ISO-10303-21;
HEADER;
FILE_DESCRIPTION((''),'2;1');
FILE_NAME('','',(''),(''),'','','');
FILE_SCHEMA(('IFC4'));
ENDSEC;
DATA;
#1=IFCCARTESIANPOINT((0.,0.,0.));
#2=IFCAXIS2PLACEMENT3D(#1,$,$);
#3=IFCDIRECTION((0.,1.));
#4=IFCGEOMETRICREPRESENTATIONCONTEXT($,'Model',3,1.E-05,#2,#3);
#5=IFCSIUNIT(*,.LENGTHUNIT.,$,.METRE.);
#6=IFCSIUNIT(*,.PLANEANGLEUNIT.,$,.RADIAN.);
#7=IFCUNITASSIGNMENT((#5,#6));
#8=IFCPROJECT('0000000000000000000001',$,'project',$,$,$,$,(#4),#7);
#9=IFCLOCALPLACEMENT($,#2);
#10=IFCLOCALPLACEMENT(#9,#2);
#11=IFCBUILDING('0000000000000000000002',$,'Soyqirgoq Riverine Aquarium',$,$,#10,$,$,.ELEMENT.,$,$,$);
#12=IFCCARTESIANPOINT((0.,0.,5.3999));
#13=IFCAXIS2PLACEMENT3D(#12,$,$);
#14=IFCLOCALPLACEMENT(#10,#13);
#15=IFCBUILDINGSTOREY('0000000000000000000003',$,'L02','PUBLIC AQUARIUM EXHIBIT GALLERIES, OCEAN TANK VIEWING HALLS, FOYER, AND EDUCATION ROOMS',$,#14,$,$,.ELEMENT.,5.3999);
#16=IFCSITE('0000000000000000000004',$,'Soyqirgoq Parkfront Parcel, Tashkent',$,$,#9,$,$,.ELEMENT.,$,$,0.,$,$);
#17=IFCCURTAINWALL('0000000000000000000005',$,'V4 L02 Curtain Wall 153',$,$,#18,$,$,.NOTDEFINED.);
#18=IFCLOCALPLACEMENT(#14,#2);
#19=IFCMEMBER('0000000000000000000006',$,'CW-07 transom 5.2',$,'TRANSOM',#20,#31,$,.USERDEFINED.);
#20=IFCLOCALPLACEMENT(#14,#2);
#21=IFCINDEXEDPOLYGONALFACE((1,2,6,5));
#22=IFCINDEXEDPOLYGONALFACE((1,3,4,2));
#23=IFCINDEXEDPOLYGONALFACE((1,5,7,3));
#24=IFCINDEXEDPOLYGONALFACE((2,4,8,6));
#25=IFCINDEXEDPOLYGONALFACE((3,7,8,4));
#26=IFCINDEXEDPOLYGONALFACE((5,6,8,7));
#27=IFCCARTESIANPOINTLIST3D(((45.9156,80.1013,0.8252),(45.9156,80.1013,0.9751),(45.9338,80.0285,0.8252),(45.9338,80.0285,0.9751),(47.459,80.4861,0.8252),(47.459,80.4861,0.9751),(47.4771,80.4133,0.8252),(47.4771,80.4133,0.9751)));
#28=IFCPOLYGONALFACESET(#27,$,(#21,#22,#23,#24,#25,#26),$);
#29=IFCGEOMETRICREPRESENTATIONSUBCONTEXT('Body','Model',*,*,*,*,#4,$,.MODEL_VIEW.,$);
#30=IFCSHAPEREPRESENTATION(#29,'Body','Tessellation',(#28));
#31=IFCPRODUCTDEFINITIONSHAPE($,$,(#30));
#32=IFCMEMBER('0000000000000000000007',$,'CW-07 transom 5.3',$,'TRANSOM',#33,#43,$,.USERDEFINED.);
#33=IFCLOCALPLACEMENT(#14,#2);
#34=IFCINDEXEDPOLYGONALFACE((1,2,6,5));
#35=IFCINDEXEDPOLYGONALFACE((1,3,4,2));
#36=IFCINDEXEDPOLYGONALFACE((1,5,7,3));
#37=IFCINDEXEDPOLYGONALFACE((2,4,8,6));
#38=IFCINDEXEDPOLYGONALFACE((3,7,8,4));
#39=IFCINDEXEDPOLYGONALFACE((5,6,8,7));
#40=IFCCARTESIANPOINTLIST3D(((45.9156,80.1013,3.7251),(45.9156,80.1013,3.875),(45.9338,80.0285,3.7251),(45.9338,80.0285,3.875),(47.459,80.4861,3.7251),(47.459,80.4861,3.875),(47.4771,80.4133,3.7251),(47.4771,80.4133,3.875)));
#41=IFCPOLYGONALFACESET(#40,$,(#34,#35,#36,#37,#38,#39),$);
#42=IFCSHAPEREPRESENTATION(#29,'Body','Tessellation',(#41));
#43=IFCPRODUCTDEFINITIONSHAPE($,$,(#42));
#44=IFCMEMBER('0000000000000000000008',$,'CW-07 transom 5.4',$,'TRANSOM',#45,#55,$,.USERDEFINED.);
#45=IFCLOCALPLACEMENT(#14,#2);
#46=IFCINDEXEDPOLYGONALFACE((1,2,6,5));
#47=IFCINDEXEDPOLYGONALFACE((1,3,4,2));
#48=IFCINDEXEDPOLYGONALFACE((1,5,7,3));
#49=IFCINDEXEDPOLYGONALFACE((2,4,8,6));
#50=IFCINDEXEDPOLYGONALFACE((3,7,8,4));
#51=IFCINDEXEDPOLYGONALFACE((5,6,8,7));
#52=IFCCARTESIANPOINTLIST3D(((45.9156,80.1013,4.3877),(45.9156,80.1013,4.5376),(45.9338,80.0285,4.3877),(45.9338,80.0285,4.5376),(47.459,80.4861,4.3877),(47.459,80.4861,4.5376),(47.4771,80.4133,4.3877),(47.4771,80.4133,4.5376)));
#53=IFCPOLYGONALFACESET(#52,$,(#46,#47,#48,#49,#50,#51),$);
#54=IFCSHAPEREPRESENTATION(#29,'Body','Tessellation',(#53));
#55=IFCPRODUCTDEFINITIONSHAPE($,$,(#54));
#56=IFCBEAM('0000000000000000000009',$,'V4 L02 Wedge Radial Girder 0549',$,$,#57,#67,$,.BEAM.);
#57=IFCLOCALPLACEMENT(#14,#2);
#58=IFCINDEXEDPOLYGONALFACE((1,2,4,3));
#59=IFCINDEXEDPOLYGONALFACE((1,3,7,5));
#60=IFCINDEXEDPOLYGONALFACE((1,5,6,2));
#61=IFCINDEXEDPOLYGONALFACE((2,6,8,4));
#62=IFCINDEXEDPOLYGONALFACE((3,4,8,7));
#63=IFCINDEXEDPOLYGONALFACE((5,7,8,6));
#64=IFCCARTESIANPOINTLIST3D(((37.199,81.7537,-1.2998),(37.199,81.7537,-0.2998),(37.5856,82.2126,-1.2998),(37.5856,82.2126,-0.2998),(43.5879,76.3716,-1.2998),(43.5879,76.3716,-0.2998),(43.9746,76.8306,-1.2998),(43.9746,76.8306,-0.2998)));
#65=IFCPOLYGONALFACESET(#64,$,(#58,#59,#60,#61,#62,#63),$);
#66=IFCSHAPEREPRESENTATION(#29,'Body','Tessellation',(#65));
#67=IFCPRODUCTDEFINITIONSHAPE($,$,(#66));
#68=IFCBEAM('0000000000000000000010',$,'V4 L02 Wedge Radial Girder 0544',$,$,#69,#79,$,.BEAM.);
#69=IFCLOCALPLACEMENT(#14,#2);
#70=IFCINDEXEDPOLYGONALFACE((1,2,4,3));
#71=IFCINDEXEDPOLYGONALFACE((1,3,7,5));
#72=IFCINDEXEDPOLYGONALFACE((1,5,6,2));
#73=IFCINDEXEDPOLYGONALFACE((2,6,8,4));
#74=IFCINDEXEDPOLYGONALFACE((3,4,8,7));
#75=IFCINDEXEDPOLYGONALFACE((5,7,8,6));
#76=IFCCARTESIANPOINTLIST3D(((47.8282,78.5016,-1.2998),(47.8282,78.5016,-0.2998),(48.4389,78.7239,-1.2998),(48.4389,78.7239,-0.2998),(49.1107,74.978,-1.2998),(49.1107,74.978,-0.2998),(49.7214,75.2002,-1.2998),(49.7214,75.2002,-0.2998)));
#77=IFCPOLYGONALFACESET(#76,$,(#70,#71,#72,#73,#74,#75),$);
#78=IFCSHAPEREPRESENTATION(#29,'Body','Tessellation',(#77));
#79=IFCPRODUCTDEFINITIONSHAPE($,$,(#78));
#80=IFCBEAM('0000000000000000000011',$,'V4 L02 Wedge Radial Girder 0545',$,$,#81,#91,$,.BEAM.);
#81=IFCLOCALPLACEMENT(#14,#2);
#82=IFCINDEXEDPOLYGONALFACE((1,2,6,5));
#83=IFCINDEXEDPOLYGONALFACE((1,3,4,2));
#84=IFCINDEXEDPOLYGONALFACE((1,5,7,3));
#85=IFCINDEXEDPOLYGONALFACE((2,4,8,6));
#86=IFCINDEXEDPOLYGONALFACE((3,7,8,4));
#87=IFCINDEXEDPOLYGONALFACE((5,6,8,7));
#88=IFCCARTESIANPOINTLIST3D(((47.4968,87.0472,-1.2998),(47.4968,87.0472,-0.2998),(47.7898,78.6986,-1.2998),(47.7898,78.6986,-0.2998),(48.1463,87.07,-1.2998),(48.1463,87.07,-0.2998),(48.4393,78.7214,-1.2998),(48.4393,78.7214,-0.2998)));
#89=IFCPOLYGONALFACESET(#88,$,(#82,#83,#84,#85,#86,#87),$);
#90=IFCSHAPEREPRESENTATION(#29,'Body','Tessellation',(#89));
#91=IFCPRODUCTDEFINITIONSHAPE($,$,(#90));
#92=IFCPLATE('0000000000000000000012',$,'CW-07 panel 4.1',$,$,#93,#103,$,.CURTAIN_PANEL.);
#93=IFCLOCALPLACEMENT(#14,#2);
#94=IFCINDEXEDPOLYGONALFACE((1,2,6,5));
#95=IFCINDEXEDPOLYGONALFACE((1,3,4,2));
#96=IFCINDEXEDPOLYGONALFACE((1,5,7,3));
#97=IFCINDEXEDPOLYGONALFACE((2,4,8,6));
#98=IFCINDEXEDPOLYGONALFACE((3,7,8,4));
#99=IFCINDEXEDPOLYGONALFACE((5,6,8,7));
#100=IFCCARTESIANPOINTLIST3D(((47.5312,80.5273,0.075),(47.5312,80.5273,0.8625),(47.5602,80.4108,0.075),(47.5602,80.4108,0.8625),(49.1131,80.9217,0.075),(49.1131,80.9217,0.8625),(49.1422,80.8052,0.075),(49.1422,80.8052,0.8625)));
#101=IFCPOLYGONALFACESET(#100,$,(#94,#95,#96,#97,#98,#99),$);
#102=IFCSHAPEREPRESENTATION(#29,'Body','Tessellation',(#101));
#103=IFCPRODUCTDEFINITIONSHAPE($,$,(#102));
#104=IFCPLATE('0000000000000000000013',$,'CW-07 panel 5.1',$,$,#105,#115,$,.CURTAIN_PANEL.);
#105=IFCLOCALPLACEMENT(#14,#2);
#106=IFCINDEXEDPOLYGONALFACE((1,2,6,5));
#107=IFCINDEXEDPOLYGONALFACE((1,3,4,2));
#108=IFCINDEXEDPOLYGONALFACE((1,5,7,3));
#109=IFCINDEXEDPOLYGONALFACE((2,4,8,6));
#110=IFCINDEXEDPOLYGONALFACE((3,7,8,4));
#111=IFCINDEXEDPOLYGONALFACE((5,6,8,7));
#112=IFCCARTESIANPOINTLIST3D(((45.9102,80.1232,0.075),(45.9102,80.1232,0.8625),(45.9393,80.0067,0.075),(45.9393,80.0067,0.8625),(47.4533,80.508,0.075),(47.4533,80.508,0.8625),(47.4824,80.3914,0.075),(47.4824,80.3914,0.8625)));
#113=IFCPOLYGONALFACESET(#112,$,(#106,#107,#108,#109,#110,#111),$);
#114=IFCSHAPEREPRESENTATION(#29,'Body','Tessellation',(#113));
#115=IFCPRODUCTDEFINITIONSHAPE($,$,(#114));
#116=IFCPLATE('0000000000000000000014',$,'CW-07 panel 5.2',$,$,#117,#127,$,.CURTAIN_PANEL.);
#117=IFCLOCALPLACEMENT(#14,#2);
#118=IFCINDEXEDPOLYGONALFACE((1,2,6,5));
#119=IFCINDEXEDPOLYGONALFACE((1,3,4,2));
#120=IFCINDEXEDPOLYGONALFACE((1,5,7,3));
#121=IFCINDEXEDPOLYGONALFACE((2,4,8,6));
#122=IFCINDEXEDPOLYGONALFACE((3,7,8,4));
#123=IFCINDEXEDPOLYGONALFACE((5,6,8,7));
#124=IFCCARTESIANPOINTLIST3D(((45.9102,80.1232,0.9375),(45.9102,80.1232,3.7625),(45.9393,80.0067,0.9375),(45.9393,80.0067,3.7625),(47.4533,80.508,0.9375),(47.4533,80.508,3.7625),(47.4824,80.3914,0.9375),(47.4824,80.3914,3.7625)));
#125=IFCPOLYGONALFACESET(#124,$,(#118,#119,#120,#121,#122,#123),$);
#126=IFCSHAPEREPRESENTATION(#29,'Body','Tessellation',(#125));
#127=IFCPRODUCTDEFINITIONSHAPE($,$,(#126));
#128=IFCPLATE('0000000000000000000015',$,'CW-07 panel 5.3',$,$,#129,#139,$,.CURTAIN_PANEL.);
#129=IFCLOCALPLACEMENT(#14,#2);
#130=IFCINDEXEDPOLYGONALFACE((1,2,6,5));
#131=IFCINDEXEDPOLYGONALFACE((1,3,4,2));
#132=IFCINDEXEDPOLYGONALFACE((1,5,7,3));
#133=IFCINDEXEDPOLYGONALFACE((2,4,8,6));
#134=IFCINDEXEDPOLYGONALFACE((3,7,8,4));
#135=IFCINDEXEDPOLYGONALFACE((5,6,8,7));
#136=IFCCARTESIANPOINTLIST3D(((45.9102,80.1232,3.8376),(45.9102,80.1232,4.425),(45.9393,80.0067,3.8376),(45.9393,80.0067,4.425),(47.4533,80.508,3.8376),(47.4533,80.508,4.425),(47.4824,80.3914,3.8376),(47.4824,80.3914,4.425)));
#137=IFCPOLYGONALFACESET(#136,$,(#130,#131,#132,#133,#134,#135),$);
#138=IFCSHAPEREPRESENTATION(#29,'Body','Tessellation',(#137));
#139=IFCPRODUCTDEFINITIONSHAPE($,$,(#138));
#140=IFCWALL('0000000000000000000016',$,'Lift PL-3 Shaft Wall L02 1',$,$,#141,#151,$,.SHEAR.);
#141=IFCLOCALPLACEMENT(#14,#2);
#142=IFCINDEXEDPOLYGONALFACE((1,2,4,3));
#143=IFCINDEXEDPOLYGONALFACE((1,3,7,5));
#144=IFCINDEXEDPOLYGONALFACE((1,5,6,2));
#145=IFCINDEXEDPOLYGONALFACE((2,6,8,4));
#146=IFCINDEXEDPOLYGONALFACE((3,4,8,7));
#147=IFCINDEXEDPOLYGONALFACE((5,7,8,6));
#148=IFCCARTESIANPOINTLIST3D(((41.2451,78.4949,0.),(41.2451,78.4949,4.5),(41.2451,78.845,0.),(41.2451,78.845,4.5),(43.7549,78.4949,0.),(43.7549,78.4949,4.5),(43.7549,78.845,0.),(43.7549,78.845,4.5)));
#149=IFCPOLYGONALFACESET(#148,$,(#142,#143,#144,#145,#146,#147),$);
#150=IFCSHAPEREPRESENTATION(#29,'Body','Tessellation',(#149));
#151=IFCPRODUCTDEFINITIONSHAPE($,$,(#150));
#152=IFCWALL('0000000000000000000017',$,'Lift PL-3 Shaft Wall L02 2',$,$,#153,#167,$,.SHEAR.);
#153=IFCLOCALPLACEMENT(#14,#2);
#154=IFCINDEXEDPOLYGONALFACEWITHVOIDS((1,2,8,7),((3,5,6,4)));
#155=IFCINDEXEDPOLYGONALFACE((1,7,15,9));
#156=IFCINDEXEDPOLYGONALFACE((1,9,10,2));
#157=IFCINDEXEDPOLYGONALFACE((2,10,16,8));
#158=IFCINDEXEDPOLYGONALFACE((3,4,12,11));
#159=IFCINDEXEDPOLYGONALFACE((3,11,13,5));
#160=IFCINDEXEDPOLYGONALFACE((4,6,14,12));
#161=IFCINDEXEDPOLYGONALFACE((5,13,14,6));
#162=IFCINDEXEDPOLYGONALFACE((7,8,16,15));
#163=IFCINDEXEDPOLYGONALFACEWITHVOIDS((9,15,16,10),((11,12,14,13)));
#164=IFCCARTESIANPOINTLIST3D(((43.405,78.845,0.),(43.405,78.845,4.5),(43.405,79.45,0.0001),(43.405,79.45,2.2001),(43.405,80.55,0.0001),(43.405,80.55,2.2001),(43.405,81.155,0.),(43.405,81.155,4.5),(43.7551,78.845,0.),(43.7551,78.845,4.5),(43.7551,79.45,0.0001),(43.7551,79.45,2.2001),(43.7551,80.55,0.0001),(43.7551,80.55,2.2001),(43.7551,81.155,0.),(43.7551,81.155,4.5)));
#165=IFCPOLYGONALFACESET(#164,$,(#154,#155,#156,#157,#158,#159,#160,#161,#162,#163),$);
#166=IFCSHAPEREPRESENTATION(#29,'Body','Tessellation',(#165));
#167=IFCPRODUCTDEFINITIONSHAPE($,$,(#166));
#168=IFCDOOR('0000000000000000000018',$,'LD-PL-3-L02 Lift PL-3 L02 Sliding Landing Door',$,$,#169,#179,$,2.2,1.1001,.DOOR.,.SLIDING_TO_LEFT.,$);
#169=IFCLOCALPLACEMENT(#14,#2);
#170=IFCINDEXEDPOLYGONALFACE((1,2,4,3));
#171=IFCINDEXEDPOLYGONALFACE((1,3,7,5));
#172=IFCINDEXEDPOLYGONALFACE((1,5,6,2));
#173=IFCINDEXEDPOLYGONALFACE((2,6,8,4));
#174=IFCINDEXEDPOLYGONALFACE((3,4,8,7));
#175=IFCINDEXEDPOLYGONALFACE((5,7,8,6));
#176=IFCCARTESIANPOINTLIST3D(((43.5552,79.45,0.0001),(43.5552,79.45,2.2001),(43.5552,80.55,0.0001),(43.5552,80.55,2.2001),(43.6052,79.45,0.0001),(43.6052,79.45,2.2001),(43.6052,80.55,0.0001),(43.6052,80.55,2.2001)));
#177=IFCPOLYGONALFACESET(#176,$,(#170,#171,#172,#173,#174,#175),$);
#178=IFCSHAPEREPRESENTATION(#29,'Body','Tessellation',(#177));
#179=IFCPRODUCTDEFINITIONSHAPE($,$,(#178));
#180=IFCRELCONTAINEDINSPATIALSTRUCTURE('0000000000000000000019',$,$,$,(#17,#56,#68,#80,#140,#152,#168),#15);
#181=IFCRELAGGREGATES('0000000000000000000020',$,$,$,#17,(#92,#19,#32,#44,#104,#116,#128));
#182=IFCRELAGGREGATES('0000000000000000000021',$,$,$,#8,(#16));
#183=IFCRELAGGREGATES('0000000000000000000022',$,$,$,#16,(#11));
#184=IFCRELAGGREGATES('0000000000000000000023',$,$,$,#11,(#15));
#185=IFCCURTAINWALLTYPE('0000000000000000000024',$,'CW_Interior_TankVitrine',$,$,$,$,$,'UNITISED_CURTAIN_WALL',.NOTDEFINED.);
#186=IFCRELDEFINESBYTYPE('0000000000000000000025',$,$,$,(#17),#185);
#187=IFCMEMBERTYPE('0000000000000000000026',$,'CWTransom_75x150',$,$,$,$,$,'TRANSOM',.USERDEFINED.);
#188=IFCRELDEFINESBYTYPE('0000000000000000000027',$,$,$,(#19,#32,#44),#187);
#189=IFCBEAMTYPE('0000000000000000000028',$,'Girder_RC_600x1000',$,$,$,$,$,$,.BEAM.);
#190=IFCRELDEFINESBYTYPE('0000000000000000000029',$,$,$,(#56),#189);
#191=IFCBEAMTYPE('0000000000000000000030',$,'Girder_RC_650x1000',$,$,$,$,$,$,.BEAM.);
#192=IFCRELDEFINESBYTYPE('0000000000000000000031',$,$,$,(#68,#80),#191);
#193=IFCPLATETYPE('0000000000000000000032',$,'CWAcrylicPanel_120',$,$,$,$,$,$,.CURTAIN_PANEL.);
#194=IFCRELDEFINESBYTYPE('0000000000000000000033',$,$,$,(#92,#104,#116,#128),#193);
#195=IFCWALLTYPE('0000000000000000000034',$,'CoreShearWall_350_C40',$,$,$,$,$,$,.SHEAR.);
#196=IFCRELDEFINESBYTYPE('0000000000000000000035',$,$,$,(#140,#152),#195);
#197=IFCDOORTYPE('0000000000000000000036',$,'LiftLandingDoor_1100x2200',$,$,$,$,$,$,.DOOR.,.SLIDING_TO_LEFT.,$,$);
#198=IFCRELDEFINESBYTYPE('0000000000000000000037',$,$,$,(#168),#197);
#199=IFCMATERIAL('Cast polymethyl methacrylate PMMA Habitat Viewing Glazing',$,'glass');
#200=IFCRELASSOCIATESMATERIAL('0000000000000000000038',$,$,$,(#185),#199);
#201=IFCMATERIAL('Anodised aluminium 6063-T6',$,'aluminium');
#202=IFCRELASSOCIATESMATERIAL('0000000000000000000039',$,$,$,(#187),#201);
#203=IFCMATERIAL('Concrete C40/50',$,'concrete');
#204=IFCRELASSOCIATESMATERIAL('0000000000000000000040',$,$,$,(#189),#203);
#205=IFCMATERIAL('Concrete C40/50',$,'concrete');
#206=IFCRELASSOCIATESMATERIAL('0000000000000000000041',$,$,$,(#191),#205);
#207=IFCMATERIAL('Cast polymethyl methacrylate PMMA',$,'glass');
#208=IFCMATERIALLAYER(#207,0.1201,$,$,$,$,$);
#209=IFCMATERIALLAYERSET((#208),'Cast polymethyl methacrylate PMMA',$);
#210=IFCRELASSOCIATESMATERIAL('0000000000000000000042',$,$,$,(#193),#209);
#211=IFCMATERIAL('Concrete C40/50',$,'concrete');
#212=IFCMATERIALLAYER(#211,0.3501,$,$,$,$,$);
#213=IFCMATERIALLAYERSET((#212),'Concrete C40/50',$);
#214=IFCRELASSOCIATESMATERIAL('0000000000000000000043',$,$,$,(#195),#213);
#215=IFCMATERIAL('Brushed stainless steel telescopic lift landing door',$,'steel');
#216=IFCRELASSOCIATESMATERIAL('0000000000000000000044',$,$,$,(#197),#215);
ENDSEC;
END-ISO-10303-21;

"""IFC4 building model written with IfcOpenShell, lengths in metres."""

from ifc_helpers import new_model, si_unit, direction, frame, frame_2d, origin, origin_2d, place, context, subcontext, project, spatial, rectangle, extrude, material, layer, layer_set, material_profile, profile_set, type_object, element, fill, aggregate, save


model = new_model("IFC4")

# Units and contexts
model_context = context("Model", 3, precision=1e-05, world=origin(), true_north=direction((0.0, 1.0)))
body_context = subcontext(model_context, "Body", "Model", "MODEL_VIEW")
ifc_project = project(units=[si_unit("LENGTHUNIT", "METRE"), si_unit("PLANEANGLEUNIT", "RADIAN")], contexts=[model_context])

# Site, building, storey
site_placement = place(None, origin())
site = spatial("IfcSite", under=ifc_project, at=site_placement, Name="Soyqirgoq Parkfront Parcel, Tashkent", CompositionType="ELEMENT", RefElevation=0.0)
building_placement = place(site_placement, origin())
building = spatial("IfcBuilding", under=site, at=building_placement, Name="Soyqirgoq Riverine Aquarium", CompositionType="ELEMENT")
storey_placement = place(building_placement, frame((0.0, 0.0, 5.3999)))
storey = spatial("IfcBuildingStorey", under=building, at=storey_placement, Name="L02", Description="PUBLIC AQUARIUM EXHIBIT GALLERIES, OCEAN TANK VIEWING HALLS, FOYER, AND EDUCATION ROOMS", CompositionType="ELEMENT", Elevation=5.3999)

# Curtain wall, members
ifc_material_1 = material(Name="Cast polymethyl methacrylate PMMA Habitat Viewing Glazing", Category="glass")
curtain_wall_type = type_object("IfcCurtainWallType", Name="CW_Interior_TankVitrine", ElementType="UNITISED_CURTAIN_WALL", PredefinedType="NOTDEFINED", material=ifc_material_1)
curtain_wall_placement = place(storey_placement, origin())
curtain_wall = element("IfcCurtainWall", 1, at=curtain_wall_placement, inside=storey, type_object=curtain_wall_type, Name="V4 L02 Curtain Wall 153", PredefinedType="NOTDEFINED")
ifc_material_2 = material(Name="Anodised aluminium 6063-T6", Category="aluminium")
ifc_material_profile_1 = material_profile(ifc_material_2, rectangle(XDim=0.075, YDim=0.1499, at=origin_2d()), Name="ALU-T 75x150")
ifc_profile_set_1 = profile_set([ifc_material_profile_1], Name="Anodised aluminium 6063-T6")
member_type_1 = type_object("IfcMemberType", Name="CWTransom_75x150", ElementType="TRANSOM", PredefinedType="USERDEFINED", material=ifc_profile_set_1)
member_1_placement = place(storey_placement, frame((47.468, 80.4497, 0.9001), z_axis=(-0.970296, -0.241922, 0.0), x_axis=(0.241922, -0.970296, 0.0)))
member_1 = element("IfcMember", 2, at=member_1_placement, type_object=member_type_1, Name="CW-07 transom 5.2", ObjectType="TRANSOM", PredefinedType="USERDEFINED", context=body_context, shape_type="SweptSolid", body=[
    extrude(rectangle(XDim=0.075, YDim=0.1499, at=origin_2d()), origin(), (0.0, 0.0, 1.0), 1.5906),
])
member_2_placement = place(storey_placement, frame((47.468, 80.4497, 3.8), z_axis=(-0.970296, -0.241922, 0.0), x_axis=(0.241922, -0.970296, 0.0)))
member_2 = element("IfcMember", 3, at=member_2_placement, type_object=member_type_1, Name="CW-07 transom 5.3", ObjectType="TRANSOM", PredefinedType="USERDEFINED", context=body_context, shape_type="SweptSolid", body=[
    extrude(rectangle(XDim=0.075, YDim=0.1499, at=origin_2d()), origin(), (0.0, 0.0, 1.0), 1.5906),
])
member_3_placement = place(storey_placement, frame((47.468, 80.4497, 4.4626), z_axis=(-0.970296, -0.241922, 0.0), x_axis=(0.241922, -0.970296, 0.0)))
member_3 = element("IfcMember", 4, at=member_3_placement, type_object=member_type_1, Name="CW-07 transom 5.4", ObjectType="TRANSOM", PredefinedType="USERDEFINED", context=body_context, shape_type="SweptSolid", body=[
    extrude(rectangle(XDim=0.075, YDim=0.1499, at=origin_2d()), origin(), (0.0, 0.0, 1.0), 1.5906),
])

# Beams
ifc_material_3 = material(Name="Concrete C40/50", Category="concrete")
ifc_material_profile_2 = material_profile(ifc_material_3, rectangle(XDim=0.6001, YDim=1.0, at=origin_2d()), Name="RC 600x1000")
ifc_profile_set_2 = profile_set([ifc_material_profile_2], Name="Concrete C40/50")
beam_type_1 = type_object("IfcBeamType", Name="Girder_RC_600x1000", PredefinedType="BEAM", material=ifc_profile_set_2)
beam_1_placement = place(storey_placement, frame((43.7812, 76.6011, -0.7998), z_axis=(-0.764797, 0.644272, 0.0), x_axis=(-0.644272, -0.764797, 0.0)))
element("IfcBeam", 5, at=beam_1_placement, inside=storey, type_object=beam_type_1, Name="V4 L02 Wedge Radial Girder 0549", PredefinedType="BEAM", context=body_context, shape_type="SweptSolid", body=[
    extrude(rectangle(XDim=0.6001, YDim=1.0, at=origin_2d()), origin(), (0.0, 0.0, 1.0), 8.3538),
])
ifc_material_4 = material(Name="Concrete C40/50", Category="concrete")
ifc_material_profile_3 = material_profile(ifc_material_4, rectangle(XDim=0.6499, YDim=1.0, at=origin_2d()), Name="RC 650x1000")
ifc_profile_set_3 = profile_set([ifc_material_profile_3], Name="Concrete C40/50")
beam_type_2 = type_object("IfcBeamType", Name="Girder_RC_650x1000", PredefinedType="BEAM", material=ifc_profile_set_3)
beam_2_placement = place(storey_placement, frame((49.416, 75.0891, -0.7998), z_axis=(-0.34201, 0.939696, 0.0), x_axis=(-0.939696, -0.34201, 0.0)))
element("IfcBeam", 6, at=beam_2_placement, inside=storey, type_object=beam_type_2, Name="V4 L02 Wedge Radial Girder 0544", PredefinedType="BEAM", context=body_context, shape_type="SweptSolid", body=[
    extrude(rectangle(XDim=0.6499, YDim=1.0, at=origin_2d()), origin(), (0.0, 0.0, 1.0), 3.7498),
])
beam_3_placement = place(storey_placement, frame((48.1145, 78.71, -0.7998), z_axis=(-0.03507, 0.999385, 0.0), x_axis=(-0.999385, -0.03507, 0.0)))
element("IfcBeam", 7, at=beam_3_placement, inside=storey, type_object=beam_type_2, Name="V4 L02 Wedge Radial Girder 0545", PredefinedType="BEAM", context=body_context, shape_type="SweptSolid", body=[
    extrude(rectangle(XDim=0.6499, YDim=1.0, at=origin_2d()), origin(), (0.0, 0.0, 1.0), 8.3538),
])

# Plates
ifc_material_5 = material(Name="Cast polymethyl methacrylate PMMA", Category="glass")
ifc_layer_1 = layer(ifc_material_5, 0.1201)
ifc_layer_set_1 = layer_set([ifc_layer_1], Name="Cast polymethyl methacrylate PMMA")
plate_type = type_object("IfcPlateType", Name="CWAcrylicPanel_120", PredefinedType="CURTAIN_PANEL", material=ifc_layer_set_1)
plate_1_placement = place(storey_placement, frame((48.3367, 80.6663, 0.075), z_axis=(0.0, 0.0, 1.0), x_axis=(-0.970296, -0.241922, 0.0)))
plate_1 = element("IfcPlate", 8, at=plate_1_placement, type_object=plate_type, Name="CW-07 panel 4.1", PredefinedType="CURTAIN_PANEL", context=body_context, shape_type="SweptSolid", body=[
    extrude(rectangle(XDim=1.6304, YDim=0.1201, at=origin_2d()), origin(), (0.0, 0.0, 1.0), 0.7876),
])
plate_2_placement = place(storey_placement, frame((46.6963, 80.2573, 0.075), z_axis=(0.0, 0.0, 1.0), x_axis=(-0.970296, -0.241922, 0.0)))
plate_2 = element("IfcPlate", 9, at=plate_2_placement, type_object=plate_type, Name="CW-07 panel 5.1", PredefinedType="CURTAIN_PANEL", context=body_context, shape_type="SweptSolid", body=[
    extrude(rectangle(XDim=1.5903, YDim=0.1201, at=origin_2d()), origin(), (0.0, 0.0, 1.0), 0.7876),
])
plate_3_placement = place(storey_placement, frame((46.6963, 80.2573, 0.9375), z_axis=(0.0, 0.0, 1.0), x_axis=(-0.970296, -0.241922, 0.0)))
plate_3 = element("IfcPlate", 10, at=plate_3_placement, type_object=plate_type, Name="CW-07 panel 5.2", PredefinedType="CURTAIN_PANEL", context=body_context, shape_type="SweptSolid", body=[
    extrude(rectangle(XDim=1.5903, YDim=0.1201, at=origin_2d()), origin(), (0.0, 0.0, 1.0), 2.825),
])
plate_4_placement = place(storey_placement, frame((46.6963, 80.2573, 3.8376), z_axis=(0.0, 0.0, 1.0), x_axis=(-0.970296, -0.241922, 0.0)))
plate_4 = element("IfcPlate", 11, at=plate_4_placement, type_object=plate_type, Name="CW-07 panel 5.3", PredefinedType="CURTAIN_PANEL", context=body_context, shape_type="SweptSolid", body=[
    extrude(rectangle(XDim=1.5903, YDim=0.1201, at=origin_2d()), origin(), (0.0, 0.0, 1.0), 0.5874),
])
aggregate(curtain_wall, [plate_1, member_1, member_2, member_3, plate_2, plate_3, plate_4])

# Wall
ifc_material_6 = material(Name="Concrete C40/50", Category="concrete")
ifc_layer_2 = layer(ifc_material_6, 0.3501)
ifc_layer_set_2 = layer_set([ifc_layer_2], Name="Concrete C40/50")
wall_type = type_object("IfcWallType", Name="CoreShearWall_350_C40", PredefinedType="SHEAR", material=ifc_layer_set_2)
wall_1_placement = place(storey_placement, frame((41.2451, 78.6699, 0.0), z_axis=(0.0, 0.0, 1.0), x_axis=(1.0, 0.0, 0.0)))
element("IfcWall", 12, at=wall_1_placement, inside=storey, type_object=wall_type, Name="Lift PL-3 Shaft Wall L02 1", PredefinedType="SHEAR", context=body_context, shape_type="SweptSolid", body=[
    extrude(rectangle(XDim=2.5098, YDim=0.3501, at=frame_2d((1.2549, 0.0))), origin(), (0.0, 0.0, 1.0), 4.5),
])

# Wall, opening, door
wall_2_placement = place(storey_placement, frame((43.5801, 78.845, 0.0), z_axis=(0.0, 0.0, 1.0), x_axis=(0.0, 1.0, 0.0)))
wall_2 = element("IfcWall", 13, at=wall_2_placement, inside=storey, type_object=wall_type, Name="Lift PL-3 Shaft Wall L02 2", PredefinedType="SHEAR", context=body_context, shape_type="SweptSolid", body=[
    extrude(rectangle(XDim=2.3101, YDim=0.3501, at=frame_2d((1.155, 0.0))), origin(), (0.0, 0.0, 1.0), 4.5),
])
opening_placement = place(wall_2_placement, frame((0.605, 0.0, 0.0)))
opening = element("IfcOpeningElement", 14, at=opening_placement, cuts=wall_2, PredefinedType="OPENING", context=body_context, shape_type="SweptSolid", body=[
    extrude(rectangle(XDim=1.1001, YDim=2.2, at=frame_2d((0.55, 1.1001))), frame((0.0, 0.1851, 0.0), z_axis=(0.0, -1.0, 0.0), x_axis=(1.0, 0.0, 0.0)), (0.0, 0.0, 1.0), 0.3701),
])
ifc_material_7 = material(Name="Brushed stainless steel telescopic lift landing door", Category="steel")
door_type = type_object("IfcDoorType", Name="LiftLandingDoor_1100x2200", OperationType="SLIDING_TO_LEFT", PredefinedType="DOOR", material=ifc_material_7)
door_placement = place(opening_placement, origin())
door = element("IfcDoor", 15, at=door_placement, inside=storey, type_object=door_type, Name="LD-PL-3-L02 Lift PL-3 L02 Sliding Landing Door", OperationType="SLIDING_TO_LEFT", OverallHeight=2.2, OverallWidth=1.1001, PredefinedType="DOOR", context=body_context, shape_type="SweptSolid", body=[
    extrude(rectangle(XDim=1.1001, YDim=2.2, at=frame_2d((0.55, 1.1001))), frame((0.0, 0.0249, 0.0), z_axis=(0.0, -1.0, 0.0), x_axis=(1.0, 0.0, 0.0)), (0.0, 0.0, 1.0), 0.05),
])
fill(opening, door)

save(model, "model.ifc")
